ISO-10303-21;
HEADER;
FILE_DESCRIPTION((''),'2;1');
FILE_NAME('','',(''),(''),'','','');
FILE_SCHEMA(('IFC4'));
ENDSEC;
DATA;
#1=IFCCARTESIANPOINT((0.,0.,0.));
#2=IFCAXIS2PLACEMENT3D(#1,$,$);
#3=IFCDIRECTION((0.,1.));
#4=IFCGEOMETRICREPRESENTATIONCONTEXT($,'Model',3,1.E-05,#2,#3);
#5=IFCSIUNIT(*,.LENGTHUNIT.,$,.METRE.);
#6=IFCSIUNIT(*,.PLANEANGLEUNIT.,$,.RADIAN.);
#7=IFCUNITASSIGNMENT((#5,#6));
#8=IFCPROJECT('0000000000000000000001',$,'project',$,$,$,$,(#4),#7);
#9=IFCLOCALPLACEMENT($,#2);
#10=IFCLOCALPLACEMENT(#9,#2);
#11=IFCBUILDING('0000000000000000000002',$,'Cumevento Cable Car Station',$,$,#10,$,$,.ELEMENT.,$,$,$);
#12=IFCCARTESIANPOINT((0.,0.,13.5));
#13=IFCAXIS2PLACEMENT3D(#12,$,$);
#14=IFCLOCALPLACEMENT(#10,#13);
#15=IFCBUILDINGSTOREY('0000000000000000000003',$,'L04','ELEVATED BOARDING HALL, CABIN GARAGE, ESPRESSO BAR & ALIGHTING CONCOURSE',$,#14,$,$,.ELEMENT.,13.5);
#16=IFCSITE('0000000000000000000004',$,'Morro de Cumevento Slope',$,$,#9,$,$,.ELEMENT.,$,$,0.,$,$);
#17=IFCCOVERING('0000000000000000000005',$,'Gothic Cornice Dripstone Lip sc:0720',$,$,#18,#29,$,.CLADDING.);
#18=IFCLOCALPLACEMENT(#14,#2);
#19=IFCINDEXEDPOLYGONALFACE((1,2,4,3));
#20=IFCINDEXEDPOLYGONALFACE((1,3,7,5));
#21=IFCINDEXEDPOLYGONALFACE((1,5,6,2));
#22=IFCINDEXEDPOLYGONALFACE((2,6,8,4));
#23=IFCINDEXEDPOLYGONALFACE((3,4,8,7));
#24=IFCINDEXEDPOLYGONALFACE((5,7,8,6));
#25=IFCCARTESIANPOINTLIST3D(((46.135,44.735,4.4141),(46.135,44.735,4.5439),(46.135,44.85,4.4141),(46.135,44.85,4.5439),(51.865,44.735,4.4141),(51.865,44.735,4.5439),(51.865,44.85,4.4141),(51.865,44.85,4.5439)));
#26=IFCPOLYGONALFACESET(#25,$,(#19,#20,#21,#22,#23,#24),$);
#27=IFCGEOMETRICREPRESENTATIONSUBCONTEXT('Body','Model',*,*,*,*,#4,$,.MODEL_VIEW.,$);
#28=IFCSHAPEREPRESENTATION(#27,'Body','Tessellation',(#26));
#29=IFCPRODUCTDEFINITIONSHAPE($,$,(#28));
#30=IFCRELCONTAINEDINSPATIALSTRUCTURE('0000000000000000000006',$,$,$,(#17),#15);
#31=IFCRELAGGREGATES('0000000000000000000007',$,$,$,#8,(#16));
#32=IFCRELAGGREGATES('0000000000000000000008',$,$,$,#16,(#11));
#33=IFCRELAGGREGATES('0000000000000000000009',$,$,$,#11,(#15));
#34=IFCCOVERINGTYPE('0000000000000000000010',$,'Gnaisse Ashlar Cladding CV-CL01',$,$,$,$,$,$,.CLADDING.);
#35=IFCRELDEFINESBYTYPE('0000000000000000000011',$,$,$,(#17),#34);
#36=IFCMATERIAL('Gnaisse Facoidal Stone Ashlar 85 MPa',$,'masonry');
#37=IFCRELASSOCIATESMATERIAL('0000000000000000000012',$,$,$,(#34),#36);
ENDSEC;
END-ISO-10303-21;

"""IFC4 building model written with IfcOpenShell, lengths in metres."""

from ifc_helpers import new_model, si_unit, direction, frame, origin, origin_2d, place, context, subcontext, project, spatial, rectangle, extrude, material, type_object, element, save


model = new_model("IFC4")

# Units and contexts
model_context = context("Model", 3, precision=1e-05, world=origin(), true_north=direction((0.0, 1.0)))
body_context = subcontext(model_context, "Body", "Model", "MODEL_VIEW")
ifc_project = project(units=[si_unit("LENGTHUNIT", "METRE"), si_unit("PLANEANGLEUNIT", "RADIAN")], contexts=[model_context])

# Site, building, storey
site_placement = place(None, origin())
site = spatial("IfcSite", under=ifc_project, at=site_placement, Name="Morro de Cumevento Slope", CompositionType="ELEMENT", RefElevation=0.0)
building_placement = place(site_placement, origin())
building = spatial("IfcBuilding", under=site, at=building_placement, Name="Cumevento Cable Car Station", CompositionType="ELEMENT")
storey_placement = place(building_placement, frame((0.0, 0.0, 13.5)))
storey = spatial("IfcBuildingStorey", under=building, at=storey_placement, Name="L04", Description="ELEVATED BOARDING HALL, CABIN GARAGE, ESPRESSO BAR & ALIGHTING CONCOURSE", CompositionType="ELEMENT", Elevation=13.5)

# Covering
ifc_material_1 = material(Name="Gnaisse Facoidal Stone Ashlar 85 MPa", Category="masonry")
covering_type = type_object("IfcCoveringType", Name="Gnaisse Ashlar Cladding CV-CL01", PredefinedType="CLADDING", material=ifc_material_1)
covering_1_placement = place(storey_placement, frame((49.0, 44.7925, 4.4141), z_axis=(0.0, 0.0, 1.0), x_axis=(-1.0, 0.0, 0.0)))
element("IfcCovering", 1, at=covering_1_placement, inside=storey, type_object=covering_type, Name="Gothic Cornice Dripstone Lip sc:0720", PredefinedType="CLADDING", context=body_context, shape_type="SweptSolid", body=[
    extrude(rectangle(XDim=5.73, YDim=0.115, at=origin_2d()), origin(), (0.0, 0.0, 1.0), 0.1299),
])

save(model, "model.ifc")
